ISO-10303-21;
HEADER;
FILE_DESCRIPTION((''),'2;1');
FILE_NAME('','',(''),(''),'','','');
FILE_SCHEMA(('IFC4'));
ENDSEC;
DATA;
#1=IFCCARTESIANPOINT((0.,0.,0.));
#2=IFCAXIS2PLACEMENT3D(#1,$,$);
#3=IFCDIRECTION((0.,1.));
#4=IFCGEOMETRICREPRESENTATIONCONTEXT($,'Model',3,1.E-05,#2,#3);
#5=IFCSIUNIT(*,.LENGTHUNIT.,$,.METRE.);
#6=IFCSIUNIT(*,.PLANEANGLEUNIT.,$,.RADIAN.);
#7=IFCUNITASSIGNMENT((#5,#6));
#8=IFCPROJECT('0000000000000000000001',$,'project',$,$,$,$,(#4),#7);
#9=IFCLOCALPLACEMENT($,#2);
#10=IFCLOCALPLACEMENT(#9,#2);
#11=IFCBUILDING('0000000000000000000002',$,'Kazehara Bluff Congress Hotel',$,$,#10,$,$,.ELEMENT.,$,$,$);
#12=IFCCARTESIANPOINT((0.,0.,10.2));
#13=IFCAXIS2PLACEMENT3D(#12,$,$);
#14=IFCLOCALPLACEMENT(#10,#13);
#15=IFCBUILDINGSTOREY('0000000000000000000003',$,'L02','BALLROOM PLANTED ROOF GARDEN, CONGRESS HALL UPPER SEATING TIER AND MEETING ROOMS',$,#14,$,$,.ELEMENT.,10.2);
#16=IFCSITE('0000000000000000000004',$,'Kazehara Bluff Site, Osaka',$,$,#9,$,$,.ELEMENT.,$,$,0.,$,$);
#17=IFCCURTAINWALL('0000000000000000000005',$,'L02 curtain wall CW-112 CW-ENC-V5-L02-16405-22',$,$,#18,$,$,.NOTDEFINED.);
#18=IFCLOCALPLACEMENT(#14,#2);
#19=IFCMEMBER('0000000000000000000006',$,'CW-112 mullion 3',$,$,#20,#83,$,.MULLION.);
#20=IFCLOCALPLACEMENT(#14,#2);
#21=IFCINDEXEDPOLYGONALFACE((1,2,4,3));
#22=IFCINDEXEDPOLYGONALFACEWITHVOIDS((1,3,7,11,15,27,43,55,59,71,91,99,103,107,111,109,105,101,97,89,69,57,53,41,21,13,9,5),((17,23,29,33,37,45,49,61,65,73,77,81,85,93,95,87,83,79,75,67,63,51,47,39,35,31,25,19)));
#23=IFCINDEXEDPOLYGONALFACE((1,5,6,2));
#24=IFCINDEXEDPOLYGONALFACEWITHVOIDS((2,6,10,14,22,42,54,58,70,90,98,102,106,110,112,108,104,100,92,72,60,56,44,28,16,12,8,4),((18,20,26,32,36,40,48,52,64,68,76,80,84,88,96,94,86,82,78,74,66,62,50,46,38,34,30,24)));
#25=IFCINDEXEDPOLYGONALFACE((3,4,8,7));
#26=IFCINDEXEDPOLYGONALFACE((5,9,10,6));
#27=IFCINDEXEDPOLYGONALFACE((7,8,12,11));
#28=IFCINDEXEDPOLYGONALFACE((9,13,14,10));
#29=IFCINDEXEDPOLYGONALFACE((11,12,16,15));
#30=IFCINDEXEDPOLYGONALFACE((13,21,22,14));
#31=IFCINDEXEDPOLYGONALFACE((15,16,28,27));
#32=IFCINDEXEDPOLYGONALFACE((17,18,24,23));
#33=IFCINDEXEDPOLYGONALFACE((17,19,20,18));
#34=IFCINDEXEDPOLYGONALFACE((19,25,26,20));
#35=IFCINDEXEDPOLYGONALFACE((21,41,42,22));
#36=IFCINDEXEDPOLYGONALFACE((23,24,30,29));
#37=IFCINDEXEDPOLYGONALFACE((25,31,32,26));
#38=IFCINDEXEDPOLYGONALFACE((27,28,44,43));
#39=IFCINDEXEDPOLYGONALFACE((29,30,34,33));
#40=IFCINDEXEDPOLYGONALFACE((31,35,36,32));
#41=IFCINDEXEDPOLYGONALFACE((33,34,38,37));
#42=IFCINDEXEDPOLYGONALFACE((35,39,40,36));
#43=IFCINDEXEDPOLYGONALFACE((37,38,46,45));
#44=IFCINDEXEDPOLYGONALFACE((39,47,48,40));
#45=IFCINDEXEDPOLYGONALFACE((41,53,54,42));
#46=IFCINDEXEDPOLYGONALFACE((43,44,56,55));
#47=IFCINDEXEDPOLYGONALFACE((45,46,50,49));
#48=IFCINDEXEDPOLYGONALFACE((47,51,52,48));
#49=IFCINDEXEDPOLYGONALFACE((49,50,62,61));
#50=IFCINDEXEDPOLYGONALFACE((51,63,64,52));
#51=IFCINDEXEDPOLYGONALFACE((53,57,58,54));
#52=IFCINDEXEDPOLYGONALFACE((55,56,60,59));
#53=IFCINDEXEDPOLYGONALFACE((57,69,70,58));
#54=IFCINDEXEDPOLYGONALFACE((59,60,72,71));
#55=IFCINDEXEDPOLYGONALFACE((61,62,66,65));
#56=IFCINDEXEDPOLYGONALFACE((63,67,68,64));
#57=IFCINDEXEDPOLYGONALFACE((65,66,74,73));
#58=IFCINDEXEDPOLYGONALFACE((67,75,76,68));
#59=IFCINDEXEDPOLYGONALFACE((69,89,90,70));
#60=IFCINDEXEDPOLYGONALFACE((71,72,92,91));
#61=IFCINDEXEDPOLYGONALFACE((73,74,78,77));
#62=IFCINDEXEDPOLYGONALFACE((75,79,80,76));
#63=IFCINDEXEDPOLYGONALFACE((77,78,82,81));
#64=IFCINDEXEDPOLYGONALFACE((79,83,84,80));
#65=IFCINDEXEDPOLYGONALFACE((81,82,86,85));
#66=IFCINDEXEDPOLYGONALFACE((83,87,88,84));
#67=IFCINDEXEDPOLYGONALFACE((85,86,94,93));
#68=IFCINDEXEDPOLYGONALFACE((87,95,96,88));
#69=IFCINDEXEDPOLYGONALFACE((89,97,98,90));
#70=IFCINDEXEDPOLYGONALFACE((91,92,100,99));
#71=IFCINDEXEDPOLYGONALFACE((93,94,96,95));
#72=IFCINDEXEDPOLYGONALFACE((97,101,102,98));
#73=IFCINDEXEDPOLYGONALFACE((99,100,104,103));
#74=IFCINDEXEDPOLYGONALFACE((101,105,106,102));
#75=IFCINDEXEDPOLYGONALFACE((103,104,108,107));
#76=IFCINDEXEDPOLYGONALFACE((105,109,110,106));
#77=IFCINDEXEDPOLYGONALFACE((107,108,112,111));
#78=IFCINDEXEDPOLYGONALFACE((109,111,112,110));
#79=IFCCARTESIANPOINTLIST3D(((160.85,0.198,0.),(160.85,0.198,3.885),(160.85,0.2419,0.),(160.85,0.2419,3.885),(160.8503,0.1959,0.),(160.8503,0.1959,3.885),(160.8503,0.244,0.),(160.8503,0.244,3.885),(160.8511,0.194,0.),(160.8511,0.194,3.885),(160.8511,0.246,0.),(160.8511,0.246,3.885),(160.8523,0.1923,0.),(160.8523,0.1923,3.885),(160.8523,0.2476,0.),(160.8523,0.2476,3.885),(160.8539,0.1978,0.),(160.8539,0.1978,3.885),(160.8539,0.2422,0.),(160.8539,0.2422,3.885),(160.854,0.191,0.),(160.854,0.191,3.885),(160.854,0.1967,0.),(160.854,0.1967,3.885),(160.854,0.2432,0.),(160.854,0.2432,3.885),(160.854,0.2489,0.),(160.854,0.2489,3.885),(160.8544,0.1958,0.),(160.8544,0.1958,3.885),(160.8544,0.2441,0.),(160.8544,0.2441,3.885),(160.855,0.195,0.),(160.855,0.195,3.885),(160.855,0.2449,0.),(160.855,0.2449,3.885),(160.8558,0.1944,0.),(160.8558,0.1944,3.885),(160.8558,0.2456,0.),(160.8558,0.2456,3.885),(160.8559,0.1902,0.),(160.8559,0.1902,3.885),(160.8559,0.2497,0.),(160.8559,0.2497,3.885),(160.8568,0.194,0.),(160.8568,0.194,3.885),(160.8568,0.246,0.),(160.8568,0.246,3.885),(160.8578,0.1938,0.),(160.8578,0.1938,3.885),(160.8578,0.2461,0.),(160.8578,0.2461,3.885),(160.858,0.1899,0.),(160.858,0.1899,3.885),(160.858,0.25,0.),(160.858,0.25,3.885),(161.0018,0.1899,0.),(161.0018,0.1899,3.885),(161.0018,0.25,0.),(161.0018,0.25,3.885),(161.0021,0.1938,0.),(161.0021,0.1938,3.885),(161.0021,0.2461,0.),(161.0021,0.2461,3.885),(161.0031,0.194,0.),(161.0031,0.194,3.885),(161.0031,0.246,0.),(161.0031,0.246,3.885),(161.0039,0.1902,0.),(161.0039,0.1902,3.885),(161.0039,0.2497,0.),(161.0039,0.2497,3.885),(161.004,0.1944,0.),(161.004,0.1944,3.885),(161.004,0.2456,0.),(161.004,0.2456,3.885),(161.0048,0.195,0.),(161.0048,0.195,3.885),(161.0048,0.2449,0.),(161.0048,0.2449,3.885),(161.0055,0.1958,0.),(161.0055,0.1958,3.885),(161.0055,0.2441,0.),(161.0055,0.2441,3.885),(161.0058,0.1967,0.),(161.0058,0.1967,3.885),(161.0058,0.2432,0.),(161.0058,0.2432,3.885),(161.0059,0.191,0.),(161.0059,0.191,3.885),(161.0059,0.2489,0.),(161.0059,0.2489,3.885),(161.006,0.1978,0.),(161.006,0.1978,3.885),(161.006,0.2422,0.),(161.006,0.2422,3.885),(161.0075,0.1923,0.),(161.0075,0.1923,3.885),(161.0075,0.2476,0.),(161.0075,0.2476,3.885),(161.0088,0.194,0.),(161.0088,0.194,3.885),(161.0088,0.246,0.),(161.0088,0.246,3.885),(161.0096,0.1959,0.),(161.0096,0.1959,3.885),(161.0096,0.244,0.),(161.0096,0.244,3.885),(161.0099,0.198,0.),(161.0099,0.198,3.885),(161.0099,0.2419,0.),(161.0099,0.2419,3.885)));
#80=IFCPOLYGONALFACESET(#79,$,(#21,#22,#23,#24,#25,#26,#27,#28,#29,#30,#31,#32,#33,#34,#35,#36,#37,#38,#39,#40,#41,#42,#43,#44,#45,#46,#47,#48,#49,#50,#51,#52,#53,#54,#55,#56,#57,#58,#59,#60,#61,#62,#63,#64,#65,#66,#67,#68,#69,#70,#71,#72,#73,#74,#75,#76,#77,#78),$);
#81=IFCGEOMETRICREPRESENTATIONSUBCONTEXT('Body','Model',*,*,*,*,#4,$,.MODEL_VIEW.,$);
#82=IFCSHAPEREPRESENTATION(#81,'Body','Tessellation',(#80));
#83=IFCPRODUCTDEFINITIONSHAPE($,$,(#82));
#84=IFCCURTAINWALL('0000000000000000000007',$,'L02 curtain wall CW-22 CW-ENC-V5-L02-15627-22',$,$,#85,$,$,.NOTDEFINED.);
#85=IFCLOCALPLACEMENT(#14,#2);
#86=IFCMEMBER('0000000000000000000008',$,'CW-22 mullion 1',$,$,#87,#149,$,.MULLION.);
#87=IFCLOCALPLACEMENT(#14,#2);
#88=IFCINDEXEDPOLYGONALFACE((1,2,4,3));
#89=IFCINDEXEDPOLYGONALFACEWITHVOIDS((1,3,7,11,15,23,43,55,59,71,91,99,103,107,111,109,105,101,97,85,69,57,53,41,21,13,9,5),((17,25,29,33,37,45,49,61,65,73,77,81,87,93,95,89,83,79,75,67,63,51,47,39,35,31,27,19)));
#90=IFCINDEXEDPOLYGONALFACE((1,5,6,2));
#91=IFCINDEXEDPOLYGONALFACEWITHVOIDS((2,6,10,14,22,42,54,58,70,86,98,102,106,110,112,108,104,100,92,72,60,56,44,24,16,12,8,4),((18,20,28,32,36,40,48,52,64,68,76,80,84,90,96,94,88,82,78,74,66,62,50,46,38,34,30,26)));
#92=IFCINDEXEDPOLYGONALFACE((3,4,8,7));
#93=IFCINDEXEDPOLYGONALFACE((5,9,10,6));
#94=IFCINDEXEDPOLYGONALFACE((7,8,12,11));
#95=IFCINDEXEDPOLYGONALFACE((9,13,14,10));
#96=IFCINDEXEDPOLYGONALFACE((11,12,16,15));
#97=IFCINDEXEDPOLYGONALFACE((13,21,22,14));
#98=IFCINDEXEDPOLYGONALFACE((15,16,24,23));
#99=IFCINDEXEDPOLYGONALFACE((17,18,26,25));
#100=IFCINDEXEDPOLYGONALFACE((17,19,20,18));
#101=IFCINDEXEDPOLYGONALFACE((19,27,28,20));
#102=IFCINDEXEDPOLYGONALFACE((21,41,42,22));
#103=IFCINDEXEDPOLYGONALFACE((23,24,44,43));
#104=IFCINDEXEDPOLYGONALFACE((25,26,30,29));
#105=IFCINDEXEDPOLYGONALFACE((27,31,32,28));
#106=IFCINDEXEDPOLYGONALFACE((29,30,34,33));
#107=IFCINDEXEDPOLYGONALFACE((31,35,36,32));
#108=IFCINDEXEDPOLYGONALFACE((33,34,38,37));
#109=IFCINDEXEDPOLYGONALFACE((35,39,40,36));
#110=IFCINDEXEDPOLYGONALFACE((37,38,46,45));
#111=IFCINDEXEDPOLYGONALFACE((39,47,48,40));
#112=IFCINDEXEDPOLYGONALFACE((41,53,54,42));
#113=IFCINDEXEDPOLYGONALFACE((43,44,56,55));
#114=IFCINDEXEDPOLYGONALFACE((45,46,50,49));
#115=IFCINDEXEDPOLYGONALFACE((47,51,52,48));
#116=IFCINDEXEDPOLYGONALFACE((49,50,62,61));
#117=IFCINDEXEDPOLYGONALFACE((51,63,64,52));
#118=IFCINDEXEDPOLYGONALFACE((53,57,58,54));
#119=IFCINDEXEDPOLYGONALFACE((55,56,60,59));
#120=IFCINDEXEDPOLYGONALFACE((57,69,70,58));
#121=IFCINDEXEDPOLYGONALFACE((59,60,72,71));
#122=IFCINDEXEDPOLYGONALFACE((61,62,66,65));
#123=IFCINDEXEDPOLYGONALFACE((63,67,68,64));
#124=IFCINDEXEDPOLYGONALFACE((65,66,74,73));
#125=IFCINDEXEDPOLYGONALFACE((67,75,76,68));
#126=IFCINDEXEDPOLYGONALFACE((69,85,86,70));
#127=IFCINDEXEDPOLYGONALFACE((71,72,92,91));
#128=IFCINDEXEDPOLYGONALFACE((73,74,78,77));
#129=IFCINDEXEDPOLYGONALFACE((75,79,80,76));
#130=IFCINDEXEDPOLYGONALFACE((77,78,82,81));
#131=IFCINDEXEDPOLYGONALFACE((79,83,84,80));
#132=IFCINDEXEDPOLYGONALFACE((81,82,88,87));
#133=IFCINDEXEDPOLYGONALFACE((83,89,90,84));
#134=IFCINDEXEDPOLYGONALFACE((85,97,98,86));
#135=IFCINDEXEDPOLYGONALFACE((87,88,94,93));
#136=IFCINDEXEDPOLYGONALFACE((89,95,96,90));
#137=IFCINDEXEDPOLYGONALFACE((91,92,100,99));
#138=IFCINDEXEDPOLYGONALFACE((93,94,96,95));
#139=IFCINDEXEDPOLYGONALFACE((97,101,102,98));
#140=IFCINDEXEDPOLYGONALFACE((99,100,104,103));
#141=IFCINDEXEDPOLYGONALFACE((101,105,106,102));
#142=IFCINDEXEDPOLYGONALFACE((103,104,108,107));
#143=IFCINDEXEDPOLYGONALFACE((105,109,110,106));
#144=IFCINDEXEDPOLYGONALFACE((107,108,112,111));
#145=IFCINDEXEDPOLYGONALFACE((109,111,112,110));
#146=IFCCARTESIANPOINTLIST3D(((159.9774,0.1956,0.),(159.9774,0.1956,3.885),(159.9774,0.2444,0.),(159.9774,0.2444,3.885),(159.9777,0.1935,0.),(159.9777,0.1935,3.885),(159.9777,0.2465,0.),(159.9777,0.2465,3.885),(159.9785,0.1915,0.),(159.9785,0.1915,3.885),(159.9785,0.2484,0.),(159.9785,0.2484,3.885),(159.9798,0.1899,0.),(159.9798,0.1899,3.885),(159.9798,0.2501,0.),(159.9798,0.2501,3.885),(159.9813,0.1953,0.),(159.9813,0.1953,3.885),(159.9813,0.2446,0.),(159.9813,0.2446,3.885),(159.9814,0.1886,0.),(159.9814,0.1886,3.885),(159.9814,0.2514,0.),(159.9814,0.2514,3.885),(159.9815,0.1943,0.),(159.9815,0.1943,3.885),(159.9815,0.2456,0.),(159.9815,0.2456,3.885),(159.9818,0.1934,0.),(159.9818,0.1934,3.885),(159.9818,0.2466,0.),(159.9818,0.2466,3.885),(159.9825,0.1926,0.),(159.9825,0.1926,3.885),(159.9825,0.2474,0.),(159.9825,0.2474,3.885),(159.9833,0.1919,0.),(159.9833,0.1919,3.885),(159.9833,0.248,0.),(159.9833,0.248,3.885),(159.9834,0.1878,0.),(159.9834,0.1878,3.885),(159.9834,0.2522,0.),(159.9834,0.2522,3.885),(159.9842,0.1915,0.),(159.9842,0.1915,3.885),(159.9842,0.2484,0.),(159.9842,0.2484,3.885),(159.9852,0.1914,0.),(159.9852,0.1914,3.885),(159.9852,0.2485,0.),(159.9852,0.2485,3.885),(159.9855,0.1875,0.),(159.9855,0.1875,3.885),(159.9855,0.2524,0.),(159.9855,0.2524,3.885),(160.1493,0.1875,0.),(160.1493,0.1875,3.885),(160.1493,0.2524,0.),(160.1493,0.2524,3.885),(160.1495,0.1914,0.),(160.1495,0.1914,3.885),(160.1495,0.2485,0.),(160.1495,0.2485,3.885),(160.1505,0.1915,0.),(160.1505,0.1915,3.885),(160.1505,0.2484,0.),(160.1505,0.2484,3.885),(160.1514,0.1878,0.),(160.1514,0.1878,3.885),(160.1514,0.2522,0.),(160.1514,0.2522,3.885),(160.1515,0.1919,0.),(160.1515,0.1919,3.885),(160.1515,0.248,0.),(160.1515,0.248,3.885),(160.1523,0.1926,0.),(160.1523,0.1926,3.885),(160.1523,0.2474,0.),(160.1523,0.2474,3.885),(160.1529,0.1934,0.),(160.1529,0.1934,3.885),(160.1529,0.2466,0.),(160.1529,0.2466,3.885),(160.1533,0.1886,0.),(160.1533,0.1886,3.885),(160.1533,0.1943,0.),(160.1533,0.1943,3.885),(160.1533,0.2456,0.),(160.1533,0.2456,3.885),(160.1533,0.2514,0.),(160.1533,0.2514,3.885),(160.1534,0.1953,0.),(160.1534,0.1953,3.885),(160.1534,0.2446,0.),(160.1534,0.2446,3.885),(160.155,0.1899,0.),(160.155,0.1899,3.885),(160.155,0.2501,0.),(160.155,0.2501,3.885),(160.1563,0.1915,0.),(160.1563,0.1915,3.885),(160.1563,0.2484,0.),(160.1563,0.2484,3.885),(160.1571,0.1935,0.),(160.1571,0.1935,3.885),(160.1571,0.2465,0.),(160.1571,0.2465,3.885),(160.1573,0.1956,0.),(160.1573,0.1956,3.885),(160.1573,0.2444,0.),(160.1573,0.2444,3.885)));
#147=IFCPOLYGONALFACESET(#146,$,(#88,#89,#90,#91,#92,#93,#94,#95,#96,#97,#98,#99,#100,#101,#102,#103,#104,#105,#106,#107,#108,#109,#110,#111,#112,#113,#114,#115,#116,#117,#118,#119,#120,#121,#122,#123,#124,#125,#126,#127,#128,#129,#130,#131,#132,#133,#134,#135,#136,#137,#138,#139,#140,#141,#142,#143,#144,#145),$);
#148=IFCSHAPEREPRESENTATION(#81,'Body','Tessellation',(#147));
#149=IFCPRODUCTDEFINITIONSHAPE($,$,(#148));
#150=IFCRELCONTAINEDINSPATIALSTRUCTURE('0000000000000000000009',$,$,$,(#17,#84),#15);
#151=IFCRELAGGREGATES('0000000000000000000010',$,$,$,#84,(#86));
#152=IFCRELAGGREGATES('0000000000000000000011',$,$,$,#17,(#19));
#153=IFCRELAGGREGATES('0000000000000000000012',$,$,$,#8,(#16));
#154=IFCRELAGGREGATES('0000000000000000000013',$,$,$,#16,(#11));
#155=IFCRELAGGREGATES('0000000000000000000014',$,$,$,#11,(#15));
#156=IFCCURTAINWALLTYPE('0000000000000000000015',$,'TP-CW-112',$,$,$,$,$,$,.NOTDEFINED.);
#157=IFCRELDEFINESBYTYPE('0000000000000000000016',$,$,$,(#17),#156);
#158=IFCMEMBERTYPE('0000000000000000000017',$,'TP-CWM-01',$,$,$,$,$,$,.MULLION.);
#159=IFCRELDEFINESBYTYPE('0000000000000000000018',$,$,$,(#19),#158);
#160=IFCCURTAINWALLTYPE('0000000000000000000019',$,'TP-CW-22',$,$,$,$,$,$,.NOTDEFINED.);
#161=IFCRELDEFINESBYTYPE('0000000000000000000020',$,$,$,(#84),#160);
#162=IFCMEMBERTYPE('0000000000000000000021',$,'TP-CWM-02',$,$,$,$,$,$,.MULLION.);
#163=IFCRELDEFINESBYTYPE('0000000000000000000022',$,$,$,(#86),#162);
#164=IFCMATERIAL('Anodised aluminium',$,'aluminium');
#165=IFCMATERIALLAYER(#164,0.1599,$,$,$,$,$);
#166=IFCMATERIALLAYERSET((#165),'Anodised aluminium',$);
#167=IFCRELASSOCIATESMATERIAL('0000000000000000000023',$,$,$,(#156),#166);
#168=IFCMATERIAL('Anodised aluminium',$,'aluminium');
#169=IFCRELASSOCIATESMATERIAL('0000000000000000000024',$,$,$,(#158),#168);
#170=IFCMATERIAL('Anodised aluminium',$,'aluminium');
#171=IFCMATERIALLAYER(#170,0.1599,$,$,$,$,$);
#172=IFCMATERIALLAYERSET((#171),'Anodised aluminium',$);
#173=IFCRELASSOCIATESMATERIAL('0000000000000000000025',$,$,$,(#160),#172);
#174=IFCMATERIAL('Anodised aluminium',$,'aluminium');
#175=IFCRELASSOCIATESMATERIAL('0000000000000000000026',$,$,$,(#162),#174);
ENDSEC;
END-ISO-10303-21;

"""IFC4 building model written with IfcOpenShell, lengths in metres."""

from ifc_helpers import new_model, si_unit, direction, frame, origin, origin_2d, place, context, subcontext, project, spatial, hollow_rectangle, extrude, material, layer, layer_set, material_profile, profile_set, type_object, element, aggregate, save


model = new_model("IFC4")

# Units and contexts
model_context = context("Model", 3, precision=1e-05, world=origin(), true_north=direction((0.0, 1.0)))
body_context = subcontext(model_context, "Body", "Model", "MODEL_VIEW")
ifc_project = project(units=[si_unit("LENGTHUNIT", "METRE"), si_unit("PLANEANGLEUNIT", "RADIAN")], contexts=[model_context])

# Site, building, storey
site_placement = place(None, origin())
site = spatial("IfcSite", under=ifc_project, at=site_placement, Name="Kazehara Bluff Site, Osaka", CompositionType="ELEMENT", RefElevation=0.0)
building_placement = place(site_placement, origin())
building = spatial("IfcBuilding", under=site, at=building_placement, Name="Kazehara Bluff Congress Hotel", CompositionType="ELEMENT")
storey_placement = place(building_placement, frame((0.0, 0.0, 10.2)))
storey = spatial("IfcBuildingStorey", under=building, at=storey_placement, Name="L02", Description="BALLROOM PLANTED ROOF GARDEN, CONGRESS HALL UPPER SEATING TIER AND MEETING ROOMS", CompositionType="ELEMENT", Elevation=10.2)

# Curtain wall, member
ifc_material_1 = material(Name="Anodised aluminium", Category="aluminium")
ifc_layer_1 = layer(ifc_material_1, 0.1599)
ifc_layer_set_1 = layer_set([ifc_layer_1], Name="Anodised aluminium")
curtain_wall_type_1 = type_object("IfcCurtainWallType", Name="TP-CW-112", PredefinedType="NOTDEFINED", material=ifc_layer_set_1)
curtain_wall_1_placement = place(storey_placement, origin())
curtain_wall_1 = element("IfcCurtainWall", 1, at=curtain_wall_1_placement, inside=storey, type_object=curtain_wall_type_1, Name="L02 curtain wall CW-112 CW-ENC-V5-L02-16405-22", PredefinedType="NOTDEFINED")
ifc_material_2 = material(Name="Anodised aluminium", Category="aluminium")
ifc_material_profile_1 = material_profile(ifc_material_2, hollow_rectangle(XDim=0.0601, YDim=0.1599, WallThickness=0.0039, InnerFilletRadius=0.0039, OuterFilletRadius=0.0081, at=origin_2d()))
ifc_profile_set_1 = profile_set([ifc_material_profile_1], Name="Anodised aluminium")
member_type_1 = type_object("IfcMemberType", Name="TP-CWM-01", PredefinedType="MULLION", material=ifc_profile_set_1)
member_1_placement = place(storey_placement, frame((160.9299, 0.22, 0.0), z_axis=(0.0, 0.0, 1.0), x_axis=(0.0, -1.0, 0.0)))
member_1 = element("IfcMember", 2, at=member_1_placement, type_object=member_type_1, Name="CW-112 mullion 3", PredefinedType="MULLION", context=body_context, shape_type="SweptSolid", body=[
    extrude(hollow_rectangle(XDim=0.0601, YDim=0.1599, WallThickness=0.0039, InnerFilletRadius=0.0039, OuterFilletRadius=0.0081, at=origin_2d()), origin(), (0.0, 0.0, 1.0), 3.885),
])

# Curtain wall, member
ifc_material_3 = material(Name="Anodised aluminium", Category="aluminium")
ifc_layer_2 = layer(ifc_material_3, 0.1599)
ifc_layer_set_2 = layer_set([ifc_layer_2], Name="Anodised aluminium")
curtain_wall_type_2 = type_object("IfcCurtainWallType", Name="TP-CW-22", PredefinedType="NOTDEFINED", material=ifc_layer_set_2)
curtain_wall_2_placement = place(storey_placement, origin())
curtain_wall_2 = element("IfcCurtainWall", 3, at=curtain_wall_2_placement, inside=storey, type_object=curtain_wall_type_2, Name="L02 curtain wall CW-22 CW-ENC-V5-L02-15627-22", PredefinedType="NOTDEFINED")
ifc_material_4 = material(Name="Anodised aluminium", Category="aluminium")
ifc_material_profile_2 = material_profile(ifc_material_4, hollow_rectangle(XDim=0.0649, YDim=0.1799, WallThickness=0.0039, InnerFilletRadius=0.0039, OuterFilletRadius=0.0081, at=origin_2d()))
ifc_profile_set_2 = profile_set([ifc_material_profile_2], Name="Anodised aluminium")
member_type_2 = type_object("IfcMemberType", Name="TP-CWM-02", PredefinedType="MULLION", material=ifc_profile_set_2)
member_2_placement = place(storey_placement, frame((160.0674, 0.22, 0.0), z_axis=(0.0, 0.0, 1.0), x_axis=(0.0, -1.0, 0.0)))
member_2 = element("IfcMember", 4, at=member_2_placement, type_object=member_type_2, Name="CW-22 mullion 1", PredefinedType="MULLION", context=body_context, shape_type="SweptSolid", body=[
    extrude(hollow_rectangle(XDim=0.0649, YDim=0.1799, WallThickness=0.0039, InnerFilletRadius=0.0039, OuterFilletRadius=0.0081, at=origin_2d()), origin(), (0.0, 0.0, 1.0), 3.885),
])

aggregate(curtain_wall_2, [member_2])
aggregate(curtain_wall_1, [member_1])

save(model, "model.ifc")
